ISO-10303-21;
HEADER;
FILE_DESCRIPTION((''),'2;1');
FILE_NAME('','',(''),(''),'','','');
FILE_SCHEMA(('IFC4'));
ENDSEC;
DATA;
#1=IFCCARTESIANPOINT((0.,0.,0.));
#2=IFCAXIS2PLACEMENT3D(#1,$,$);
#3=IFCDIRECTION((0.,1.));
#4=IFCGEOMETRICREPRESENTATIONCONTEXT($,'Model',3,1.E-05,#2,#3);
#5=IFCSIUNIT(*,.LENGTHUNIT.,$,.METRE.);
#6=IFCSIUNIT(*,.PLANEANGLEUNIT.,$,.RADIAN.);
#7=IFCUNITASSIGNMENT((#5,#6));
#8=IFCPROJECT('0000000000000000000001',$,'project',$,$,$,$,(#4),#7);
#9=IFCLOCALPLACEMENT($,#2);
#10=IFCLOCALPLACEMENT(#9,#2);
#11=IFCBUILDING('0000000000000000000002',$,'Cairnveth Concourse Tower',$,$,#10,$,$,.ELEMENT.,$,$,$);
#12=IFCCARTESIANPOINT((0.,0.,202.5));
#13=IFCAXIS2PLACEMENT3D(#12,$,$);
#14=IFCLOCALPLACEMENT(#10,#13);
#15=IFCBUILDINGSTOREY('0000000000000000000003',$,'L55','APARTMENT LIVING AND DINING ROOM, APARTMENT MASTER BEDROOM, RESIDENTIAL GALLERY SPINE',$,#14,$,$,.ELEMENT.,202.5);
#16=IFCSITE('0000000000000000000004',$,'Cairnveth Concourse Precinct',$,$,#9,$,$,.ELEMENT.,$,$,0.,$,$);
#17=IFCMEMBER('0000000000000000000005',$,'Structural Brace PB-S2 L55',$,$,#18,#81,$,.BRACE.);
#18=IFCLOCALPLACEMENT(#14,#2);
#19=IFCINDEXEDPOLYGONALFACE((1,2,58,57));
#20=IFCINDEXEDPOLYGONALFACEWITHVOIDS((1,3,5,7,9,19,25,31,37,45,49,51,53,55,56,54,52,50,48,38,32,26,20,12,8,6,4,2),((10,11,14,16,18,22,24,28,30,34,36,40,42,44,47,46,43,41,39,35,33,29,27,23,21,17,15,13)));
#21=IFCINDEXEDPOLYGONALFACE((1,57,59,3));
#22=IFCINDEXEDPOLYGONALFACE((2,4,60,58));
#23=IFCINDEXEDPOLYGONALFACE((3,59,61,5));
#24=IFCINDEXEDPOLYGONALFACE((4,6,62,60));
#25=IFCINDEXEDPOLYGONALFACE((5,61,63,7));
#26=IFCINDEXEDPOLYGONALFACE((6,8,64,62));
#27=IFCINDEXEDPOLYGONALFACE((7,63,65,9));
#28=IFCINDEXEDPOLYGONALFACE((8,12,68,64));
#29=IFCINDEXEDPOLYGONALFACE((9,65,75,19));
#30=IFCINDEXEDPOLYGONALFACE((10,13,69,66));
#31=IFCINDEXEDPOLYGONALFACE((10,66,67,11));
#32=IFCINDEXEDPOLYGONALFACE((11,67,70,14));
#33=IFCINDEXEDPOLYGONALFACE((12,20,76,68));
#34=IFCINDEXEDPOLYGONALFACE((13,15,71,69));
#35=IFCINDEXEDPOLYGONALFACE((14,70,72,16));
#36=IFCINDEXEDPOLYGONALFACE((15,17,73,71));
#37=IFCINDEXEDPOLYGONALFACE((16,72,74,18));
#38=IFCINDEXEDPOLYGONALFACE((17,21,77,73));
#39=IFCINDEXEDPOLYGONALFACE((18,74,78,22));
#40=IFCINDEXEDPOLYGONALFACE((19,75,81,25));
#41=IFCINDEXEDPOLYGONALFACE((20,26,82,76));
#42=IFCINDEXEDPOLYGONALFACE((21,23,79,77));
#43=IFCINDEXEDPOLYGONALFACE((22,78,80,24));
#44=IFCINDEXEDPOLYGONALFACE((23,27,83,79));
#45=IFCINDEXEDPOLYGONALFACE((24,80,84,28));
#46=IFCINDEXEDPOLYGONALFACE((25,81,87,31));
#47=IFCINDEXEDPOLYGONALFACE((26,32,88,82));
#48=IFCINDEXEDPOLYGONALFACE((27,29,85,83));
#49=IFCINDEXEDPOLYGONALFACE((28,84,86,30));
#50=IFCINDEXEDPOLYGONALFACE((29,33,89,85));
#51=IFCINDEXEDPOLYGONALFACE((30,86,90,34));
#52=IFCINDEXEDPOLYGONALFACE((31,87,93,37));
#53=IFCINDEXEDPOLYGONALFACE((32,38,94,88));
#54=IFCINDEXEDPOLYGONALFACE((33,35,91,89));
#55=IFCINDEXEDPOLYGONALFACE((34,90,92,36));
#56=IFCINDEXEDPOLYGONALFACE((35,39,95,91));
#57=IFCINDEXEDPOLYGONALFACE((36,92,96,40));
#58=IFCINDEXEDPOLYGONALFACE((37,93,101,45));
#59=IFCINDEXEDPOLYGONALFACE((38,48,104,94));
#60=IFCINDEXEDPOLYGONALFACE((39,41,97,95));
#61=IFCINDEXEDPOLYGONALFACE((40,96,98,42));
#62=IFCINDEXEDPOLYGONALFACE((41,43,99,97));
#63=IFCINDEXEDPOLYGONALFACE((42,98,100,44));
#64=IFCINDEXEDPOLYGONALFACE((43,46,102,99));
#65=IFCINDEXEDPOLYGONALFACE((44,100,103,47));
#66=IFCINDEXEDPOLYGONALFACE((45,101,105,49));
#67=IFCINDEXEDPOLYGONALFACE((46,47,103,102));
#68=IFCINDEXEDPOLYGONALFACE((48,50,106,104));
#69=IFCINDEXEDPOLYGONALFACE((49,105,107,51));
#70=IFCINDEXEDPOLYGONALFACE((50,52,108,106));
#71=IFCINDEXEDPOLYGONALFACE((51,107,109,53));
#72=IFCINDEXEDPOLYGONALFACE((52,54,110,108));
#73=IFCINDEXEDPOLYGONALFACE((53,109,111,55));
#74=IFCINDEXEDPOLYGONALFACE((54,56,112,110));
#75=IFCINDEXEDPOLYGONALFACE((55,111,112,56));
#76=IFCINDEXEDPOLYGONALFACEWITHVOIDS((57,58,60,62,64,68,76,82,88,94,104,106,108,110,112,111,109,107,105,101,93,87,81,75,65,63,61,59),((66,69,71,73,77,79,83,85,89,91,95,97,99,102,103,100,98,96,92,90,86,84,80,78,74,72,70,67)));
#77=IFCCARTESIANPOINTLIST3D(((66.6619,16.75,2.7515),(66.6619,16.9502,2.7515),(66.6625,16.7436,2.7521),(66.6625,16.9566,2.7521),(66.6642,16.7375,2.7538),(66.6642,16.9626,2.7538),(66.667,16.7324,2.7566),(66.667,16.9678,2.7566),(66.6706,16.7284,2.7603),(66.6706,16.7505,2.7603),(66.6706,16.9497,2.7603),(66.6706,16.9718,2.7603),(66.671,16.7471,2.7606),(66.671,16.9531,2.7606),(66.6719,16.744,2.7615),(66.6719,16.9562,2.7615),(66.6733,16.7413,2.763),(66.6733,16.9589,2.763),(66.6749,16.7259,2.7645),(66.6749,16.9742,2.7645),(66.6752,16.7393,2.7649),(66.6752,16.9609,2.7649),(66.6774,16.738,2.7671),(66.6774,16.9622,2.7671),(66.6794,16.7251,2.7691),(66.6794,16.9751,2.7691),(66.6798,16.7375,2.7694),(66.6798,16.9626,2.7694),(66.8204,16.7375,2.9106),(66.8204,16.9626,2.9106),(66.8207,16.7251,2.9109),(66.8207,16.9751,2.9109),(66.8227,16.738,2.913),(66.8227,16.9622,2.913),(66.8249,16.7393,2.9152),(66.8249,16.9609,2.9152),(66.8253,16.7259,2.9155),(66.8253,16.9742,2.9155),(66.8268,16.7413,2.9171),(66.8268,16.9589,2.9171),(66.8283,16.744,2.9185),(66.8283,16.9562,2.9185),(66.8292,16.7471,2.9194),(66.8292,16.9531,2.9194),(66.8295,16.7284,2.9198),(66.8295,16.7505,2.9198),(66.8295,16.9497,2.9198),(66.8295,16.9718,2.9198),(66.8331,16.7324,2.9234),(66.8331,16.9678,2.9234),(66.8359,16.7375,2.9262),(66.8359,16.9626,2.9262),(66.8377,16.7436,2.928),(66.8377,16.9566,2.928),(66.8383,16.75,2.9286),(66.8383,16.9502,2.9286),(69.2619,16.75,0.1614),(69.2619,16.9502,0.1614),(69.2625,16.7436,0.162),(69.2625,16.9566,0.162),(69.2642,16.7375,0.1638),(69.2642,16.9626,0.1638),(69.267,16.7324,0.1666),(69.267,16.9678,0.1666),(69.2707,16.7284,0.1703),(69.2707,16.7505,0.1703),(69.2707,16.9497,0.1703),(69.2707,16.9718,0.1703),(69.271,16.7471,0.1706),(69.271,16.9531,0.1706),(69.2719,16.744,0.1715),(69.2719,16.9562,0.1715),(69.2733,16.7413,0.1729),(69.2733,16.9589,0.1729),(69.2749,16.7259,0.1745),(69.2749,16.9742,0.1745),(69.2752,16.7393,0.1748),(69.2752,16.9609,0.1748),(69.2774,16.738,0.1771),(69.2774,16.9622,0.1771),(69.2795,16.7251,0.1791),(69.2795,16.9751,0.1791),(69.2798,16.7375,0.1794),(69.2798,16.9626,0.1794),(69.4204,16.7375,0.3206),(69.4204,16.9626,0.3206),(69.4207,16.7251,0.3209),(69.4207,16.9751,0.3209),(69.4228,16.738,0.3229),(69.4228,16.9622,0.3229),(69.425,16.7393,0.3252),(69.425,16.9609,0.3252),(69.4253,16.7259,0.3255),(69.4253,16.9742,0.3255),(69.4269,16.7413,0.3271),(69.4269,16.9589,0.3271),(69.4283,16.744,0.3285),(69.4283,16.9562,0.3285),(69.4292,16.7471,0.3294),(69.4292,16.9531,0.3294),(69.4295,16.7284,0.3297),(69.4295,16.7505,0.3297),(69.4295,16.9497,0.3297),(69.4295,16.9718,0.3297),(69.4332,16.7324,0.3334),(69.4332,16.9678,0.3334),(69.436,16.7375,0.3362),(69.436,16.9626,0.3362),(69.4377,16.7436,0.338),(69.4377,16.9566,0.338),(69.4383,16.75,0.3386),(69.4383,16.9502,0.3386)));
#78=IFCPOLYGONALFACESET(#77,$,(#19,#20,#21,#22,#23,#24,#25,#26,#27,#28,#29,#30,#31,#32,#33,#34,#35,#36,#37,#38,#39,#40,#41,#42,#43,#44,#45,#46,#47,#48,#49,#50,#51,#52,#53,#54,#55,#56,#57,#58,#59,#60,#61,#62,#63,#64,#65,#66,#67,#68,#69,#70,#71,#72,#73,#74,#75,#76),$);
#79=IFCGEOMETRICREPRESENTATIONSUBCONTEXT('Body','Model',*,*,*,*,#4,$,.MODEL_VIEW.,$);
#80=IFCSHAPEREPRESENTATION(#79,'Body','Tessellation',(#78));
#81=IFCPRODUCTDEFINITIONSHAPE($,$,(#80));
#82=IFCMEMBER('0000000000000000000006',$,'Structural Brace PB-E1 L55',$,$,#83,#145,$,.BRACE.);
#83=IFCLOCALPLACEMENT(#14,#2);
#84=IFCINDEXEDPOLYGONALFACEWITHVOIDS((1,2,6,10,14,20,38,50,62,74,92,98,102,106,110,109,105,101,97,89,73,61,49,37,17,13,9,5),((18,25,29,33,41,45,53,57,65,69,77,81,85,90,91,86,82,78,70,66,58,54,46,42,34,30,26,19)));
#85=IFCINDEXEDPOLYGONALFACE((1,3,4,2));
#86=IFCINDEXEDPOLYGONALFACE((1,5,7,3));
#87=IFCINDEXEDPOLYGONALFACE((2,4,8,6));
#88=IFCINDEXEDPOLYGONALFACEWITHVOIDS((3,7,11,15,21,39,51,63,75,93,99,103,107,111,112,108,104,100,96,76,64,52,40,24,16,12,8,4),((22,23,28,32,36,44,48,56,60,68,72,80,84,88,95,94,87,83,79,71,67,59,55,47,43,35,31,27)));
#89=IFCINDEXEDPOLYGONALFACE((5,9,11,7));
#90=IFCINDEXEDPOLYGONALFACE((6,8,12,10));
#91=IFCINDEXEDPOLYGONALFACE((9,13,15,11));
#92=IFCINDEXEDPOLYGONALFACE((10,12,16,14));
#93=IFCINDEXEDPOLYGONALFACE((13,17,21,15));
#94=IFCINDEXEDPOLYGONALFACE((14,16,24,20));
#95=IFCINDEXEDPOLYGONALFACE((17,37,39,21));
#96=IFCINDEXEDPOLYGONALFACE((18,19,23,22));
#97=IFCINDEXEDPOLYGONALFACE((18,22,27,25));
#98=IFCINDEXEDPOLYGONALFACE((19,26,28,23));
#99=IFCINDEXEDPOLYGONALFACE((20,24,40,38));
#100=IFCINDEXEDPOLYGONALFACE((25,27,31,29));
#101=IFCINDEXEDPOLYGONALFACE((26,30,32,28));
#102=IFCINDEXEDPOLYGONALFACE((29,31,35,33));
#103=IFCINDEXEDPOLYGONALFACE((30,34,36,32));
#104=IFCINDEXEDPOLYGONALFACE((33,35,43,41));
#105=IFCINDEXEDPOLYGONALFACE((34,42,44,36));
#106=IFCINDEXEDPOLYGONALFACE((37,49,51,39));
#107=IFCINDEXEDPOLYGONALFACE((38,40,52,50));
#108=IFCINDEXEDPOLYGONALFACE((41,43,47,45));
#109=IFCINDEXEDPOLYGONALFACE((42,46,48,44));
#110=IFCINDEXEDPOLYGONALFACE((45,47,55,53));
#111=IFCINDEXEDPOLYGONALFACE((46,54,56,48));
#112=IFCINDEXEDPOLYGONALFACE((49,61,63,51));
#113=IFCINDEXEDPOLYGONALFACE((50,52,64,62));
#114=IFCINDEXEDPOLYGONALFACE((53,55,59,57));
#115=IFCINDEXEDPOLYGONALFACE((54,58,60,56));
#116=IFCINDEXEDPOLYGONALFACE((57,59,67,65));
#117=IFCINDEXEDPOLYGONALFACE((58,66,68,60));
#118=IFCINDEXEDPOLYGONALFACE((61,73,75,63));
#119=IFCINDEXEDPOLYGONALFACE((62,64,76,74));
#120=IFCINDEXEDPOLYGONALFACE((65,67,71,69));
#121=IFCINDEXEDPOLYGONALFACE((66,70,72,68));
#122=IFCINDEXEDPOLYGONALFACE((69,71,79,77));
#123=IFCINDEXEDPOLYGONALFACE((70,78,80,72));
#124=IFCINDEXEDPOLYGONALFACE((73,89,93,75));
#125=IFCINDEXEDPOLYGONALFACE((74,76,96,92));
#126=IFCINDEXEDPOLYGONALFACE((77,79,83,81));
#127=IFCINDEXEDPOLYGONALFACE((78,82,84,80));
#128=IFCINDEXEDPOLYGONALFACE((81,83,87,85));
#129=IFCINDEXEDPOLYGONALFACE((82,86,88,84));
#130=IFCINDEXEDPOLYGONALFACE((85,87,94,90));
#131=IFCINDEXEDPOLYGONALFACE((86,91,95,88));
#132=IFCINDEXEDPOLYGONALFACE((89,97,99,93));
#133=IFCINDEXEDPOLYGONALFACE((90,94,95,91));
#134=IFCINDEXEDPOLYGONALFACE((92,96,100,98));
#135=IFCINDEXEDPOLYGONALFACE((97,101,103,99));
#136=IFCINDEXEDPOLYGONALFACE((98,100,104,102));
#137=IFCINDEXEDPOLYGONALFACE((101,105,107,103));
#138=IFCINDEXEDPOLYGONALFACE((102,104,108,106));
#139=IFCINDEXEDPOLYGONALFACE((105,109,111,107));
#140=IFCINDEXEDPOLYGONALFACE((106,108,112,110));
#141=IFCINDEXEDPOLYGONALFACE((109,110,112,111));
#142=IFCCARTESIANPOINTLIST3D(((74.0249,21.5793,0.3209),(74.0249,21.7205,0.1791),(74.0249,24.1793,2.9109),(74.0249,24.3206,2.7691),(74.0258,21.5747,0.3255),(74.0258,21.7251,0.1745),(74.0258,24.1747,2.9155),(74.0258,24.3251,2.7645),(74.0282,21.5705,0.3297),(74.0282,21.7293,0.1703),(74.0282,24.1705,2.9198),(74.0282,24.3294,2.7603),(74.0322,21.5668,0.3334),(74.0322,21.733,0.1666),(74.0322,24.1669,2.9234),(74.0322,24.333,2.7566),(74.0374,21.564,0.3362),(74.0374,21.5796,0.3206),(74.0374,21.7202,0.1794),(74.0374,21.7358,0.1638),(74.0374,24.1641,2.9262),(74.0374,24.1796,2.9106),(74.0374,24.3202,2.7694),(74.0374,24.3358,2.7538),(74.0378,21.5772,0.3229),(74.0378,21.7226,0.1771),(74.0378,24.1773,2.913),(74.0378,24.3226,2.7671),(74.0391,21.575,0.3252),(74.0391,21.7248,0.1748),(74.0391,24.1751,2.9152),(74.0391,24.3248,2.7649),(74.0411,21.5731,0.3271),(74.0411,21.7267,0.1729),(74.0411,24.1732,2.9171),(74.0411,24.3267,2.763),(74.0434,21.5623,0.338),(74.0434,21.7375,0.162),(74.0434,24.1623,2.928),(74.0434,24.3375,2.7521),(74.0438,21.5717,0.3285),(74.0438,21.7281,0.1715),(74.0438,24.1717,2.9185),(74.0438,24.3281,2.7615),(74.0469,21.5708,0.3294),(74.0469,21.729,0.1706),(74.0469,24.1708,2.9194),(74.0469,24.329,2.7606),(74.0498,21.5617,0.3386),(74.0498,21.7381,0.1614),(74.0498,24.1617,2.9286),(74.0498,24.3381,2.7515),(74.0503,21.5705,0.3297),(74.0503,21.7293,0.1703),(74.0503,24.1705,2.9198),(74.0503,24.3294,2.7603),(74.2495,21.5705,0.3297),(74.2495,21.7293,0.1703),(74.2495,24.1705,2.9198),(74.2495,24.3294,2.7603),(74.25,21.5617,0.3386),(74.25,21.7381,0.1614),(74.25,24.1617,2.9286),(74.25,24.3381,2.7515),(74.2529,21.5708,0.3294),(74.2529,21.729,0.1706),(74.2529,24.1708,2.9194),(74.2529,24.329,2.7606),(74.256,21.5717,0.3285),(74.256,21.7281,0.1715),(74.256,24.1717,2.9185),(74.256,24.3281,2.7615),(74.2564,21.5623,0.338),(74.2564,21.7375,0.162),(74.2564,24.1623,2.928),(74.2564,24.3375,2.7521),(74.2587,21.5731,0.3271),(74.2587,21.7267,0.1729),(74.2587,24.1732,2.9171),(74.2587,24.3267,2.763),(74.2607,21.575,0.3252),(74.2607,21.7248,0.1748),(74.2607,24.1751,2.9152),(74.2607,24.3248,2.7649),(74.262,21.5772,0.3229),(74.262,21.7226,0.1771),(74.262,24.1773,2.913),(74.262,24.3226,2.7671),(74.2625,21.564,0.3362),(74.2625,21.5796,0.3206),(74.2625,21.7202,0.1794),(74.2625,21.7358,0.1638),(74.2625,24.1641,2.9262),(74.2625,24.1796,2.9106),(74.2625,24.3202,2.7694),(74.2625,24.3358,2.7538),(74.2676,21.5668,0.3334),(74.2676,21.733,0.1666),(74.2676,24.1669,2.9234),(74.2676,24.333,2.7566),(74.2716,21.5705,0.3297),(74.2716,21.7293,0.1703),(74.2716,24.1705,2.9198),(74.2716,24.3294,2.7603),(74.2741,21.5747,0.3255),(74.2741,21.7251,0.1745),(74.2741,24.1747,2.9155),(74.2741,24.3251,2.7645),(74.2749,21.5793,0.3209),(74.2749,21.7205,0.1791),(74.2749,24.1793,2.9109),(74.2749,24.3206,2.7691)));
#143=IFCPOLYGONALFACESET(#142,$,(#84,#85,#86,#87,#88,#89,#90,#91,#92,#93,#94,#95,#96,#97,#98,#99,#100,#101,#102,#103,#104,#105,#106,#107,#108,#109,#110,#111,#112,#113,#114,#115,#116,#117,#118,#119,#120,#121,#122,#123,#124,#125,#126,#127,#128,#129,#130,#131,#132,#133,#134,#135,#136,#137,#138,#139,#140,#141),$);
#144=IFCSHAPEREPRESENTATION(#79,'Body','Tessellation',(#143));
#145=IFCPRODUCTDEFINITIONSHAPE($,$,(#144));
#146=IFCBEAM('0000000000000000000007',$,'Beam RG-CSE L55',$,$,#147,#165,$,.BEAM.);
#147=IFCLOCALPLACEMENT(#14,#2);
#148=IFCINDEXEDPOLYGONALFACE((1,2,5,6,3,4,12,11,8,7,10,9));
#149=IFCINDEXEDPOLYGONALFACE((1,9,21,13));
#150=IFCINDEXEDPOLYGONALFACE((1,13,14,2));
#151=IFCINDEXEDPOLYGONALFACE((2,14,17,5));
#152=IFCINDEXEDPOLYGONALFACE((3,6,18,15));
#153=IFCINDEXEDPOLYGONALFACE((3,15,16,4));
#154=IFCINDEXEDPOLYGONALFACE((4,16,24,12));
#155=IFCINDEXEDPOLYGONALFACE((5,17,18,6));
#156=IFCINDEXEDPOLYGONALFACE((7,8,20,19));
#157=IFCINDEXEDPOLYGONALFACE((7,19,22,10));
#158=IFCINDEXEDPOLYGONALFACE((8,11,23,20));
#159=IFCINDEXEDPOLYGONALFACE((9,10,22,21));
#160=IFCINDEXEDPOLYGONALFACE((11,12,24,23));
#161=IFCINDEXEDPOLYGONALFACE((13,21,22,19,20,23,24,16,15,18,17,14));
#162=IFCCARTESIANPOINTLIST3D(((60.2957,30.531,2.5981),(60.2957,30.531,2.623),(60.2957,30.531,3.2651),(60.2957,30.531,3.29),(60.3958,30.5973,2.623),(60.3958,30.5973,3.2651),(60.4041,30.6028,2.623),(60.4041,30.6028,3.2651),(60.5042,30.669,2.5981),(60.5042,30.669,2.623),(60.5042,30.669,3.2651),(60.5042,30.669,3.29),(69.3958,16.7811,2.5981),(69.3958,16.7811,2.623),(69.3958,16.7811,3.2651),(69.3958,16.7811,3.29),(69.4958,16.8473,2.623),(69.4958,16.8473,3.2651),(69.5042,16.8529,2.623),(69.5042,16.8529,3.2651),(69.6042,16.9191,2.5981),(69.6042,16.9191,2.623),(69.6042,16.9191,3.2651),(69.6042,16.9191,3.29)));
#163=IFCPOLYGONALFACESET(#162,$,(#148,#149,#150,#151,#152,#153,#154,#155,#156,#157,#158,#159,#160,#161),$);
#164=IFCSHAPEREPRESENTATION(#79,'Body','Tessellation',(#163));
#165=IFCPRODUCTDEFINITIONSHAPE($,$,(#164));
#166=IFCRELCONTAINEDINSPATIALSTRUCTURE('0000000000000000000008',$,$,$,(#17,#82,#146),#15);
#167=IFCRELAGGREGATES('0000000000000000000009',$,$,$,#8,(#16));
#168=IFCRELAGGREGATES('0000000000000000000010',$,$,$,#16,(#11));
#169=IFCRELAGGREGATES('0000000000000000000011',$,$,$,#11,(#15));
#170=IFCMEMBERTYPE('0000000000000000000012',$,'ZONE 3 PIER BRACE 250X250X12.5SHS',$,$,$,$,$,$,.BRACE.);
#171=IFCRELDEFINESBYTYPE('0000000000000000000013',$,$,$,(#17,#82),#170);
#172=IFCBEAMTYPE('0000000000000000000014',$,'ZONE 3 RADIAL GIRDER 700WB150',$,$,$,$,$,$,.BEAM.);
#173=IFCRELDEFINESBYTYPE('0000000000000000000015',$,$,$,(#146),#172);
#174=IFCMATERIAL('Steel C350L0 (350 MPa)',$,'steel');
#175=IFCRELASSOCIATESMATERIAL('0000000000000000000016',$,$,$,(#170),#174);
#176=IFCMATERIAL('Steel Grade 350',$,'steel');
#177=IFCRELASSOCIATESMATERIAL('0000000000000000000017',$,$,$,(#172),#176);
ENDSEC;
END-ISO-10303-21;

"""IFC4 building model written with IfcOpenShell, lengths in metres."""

from ifc_helpers import new_model, si_unit, direction, frame, origin, origin_2d, place, context, subcontext, project, spatial, hollow_rectangle, i_section, extrude, material, material_profile, profile_set, type_object, element, save


model = new_model("IFC4")

# Units and contexts
model_context = context("Model", 3, precision=1e-05, world=origin(), true_north=direction((0.0, 1.0)))
body_context = subcontext(model_context, "Body", "Model", "MODEL_VIEW")
ifc_project = project(units=[si_unit("LENGTHUNIT", "METRE"), si_unit("PLANEANGLEUNIT", "RADIAN")], contexts=[model_context])

# Site, building, storey
site_placement = place(None, origin())
site = spatial("IfcSite", under=ifc_project, at=site_placement, Name="Cairnveth Concourse Precinct", CompositionType="ELEMENT", RefElevation=0.0)
building_placement = place(site_placement, origin())
building = spatial("IfcBuilding", under=site, at=building_placement, Name="Cairnveth Concourse Tower", CompositionType="ELEMENT")
storey_placement = place(building_placement, frame((0.0, 0.0, 202.5)))
storey = spatial("IfcBuildingStorey", under=building, at=storey_placement, Name="L55", Description="APARTMENT LIVING AND DINING ROOM, APARTMENT MASTER BEDROOM, RESIDENTIAL GALLERY SPINE", CompositionType="ELEMENT", Elevation=202.5)

# Shared definitions
ifc_material_1 = material(Name="Steel Grade 350", Category="steel")

# Members
ifc_material_2 = material(Name="Steel C350L0 (350 MPa)", Category="steel")
ifc_material_profile_1 = material_profile(ifc_material_2, hollow_rectangle(XDim=0.25, YDim=0.25, WallThickness=0.0125, InnerFilletRadius=0.0129, OuterFilletRadius=0.0249, at=origin_2d()), Name="250x250x12.5SHS")
ifc_profile_set_1 = profile_set([ifc_material_profile_1], Name="Steel C350L0 (350 MPa)")
member_type = type_object("IfcMemberType", Name="ZONE 3 PIER BRACE 250X250X12.5SHS", PredefinedType="BRACE", material=ifc_profile_set_1)
for number, where, z_axis, x_axis, name in (
    (1, (69.3501, 16.8501, 0.25), (-0.708469, 0.0, 0.705742), (0.0, -1.0, 0.0), "Structural Brace PB-S2 L55"),
    (2, (74.1499, 21.6499, 0.25), (0.0, 0.708469, 0.705742), (-1.0, 0.0, 0.0), "Structural Brace PB-E1 L55"),
):
    element("IfcMember", number, at=place(storey_placement, frame(where, z_axis=z_axis, x_axis=x_axis)), inside=storey, type_object=member_type, Name=name, PredefinedType="BRACE", context=body_context, shape_type="SweptSolid", body=[
        extrude(hollow_rectangle(XDim=0.25, YDim=0.25, WallThickness=0.0125, InnerFilletRadius=0.0129, OuterFilletRadius=0.0249, at=origin_2d()), origin(), (0.0, 0.0, 1.0), 3.6699),
    ])

# Beam
ifc_material_profile_2 = material_profile(ifc_material_1, i_section(OverallWidth=0.25, OverallDepth=0.6919, WebThickness=0.01, FlangeThickness=0.0249, at=origin_2d()), Name="700WB150")
ifc_profile_set_2 = profile_set([ifc_material_profile_2], Name="Steel Grade 350")
beam_type_1 = type_object("IfcBeamType", Name="ZONE 3 RADIAL GIRDER 700WB150", PredefinedType="BEAM", material=ifc_profile_set_2)
beam_1_placement = place(storey_placement, frame((69.5, 16.8501, 2.9441), z_axis=(-0.551902, 0.833909, 0.0), x_axis=(-0.833909, -0.551902, 0.0)))
element("IfcBeam", 3, at=beam_1_placement, inside=storey, type_object=beam_type_1, Name="Beam RG-CSE L55", PredefinedType="BEAM", context=body_context, shape_type="SweptSolid", body=[
    extrude(i_section(OverallWidth=0.25, OverallDepth=0.6919, WebThickness=0.01, FlangeThickness=0.0249, at=origin_2d()), origin(), (0.0, 0.0, 1.0), 16.4885),
])

save(model, "model.ifc")
